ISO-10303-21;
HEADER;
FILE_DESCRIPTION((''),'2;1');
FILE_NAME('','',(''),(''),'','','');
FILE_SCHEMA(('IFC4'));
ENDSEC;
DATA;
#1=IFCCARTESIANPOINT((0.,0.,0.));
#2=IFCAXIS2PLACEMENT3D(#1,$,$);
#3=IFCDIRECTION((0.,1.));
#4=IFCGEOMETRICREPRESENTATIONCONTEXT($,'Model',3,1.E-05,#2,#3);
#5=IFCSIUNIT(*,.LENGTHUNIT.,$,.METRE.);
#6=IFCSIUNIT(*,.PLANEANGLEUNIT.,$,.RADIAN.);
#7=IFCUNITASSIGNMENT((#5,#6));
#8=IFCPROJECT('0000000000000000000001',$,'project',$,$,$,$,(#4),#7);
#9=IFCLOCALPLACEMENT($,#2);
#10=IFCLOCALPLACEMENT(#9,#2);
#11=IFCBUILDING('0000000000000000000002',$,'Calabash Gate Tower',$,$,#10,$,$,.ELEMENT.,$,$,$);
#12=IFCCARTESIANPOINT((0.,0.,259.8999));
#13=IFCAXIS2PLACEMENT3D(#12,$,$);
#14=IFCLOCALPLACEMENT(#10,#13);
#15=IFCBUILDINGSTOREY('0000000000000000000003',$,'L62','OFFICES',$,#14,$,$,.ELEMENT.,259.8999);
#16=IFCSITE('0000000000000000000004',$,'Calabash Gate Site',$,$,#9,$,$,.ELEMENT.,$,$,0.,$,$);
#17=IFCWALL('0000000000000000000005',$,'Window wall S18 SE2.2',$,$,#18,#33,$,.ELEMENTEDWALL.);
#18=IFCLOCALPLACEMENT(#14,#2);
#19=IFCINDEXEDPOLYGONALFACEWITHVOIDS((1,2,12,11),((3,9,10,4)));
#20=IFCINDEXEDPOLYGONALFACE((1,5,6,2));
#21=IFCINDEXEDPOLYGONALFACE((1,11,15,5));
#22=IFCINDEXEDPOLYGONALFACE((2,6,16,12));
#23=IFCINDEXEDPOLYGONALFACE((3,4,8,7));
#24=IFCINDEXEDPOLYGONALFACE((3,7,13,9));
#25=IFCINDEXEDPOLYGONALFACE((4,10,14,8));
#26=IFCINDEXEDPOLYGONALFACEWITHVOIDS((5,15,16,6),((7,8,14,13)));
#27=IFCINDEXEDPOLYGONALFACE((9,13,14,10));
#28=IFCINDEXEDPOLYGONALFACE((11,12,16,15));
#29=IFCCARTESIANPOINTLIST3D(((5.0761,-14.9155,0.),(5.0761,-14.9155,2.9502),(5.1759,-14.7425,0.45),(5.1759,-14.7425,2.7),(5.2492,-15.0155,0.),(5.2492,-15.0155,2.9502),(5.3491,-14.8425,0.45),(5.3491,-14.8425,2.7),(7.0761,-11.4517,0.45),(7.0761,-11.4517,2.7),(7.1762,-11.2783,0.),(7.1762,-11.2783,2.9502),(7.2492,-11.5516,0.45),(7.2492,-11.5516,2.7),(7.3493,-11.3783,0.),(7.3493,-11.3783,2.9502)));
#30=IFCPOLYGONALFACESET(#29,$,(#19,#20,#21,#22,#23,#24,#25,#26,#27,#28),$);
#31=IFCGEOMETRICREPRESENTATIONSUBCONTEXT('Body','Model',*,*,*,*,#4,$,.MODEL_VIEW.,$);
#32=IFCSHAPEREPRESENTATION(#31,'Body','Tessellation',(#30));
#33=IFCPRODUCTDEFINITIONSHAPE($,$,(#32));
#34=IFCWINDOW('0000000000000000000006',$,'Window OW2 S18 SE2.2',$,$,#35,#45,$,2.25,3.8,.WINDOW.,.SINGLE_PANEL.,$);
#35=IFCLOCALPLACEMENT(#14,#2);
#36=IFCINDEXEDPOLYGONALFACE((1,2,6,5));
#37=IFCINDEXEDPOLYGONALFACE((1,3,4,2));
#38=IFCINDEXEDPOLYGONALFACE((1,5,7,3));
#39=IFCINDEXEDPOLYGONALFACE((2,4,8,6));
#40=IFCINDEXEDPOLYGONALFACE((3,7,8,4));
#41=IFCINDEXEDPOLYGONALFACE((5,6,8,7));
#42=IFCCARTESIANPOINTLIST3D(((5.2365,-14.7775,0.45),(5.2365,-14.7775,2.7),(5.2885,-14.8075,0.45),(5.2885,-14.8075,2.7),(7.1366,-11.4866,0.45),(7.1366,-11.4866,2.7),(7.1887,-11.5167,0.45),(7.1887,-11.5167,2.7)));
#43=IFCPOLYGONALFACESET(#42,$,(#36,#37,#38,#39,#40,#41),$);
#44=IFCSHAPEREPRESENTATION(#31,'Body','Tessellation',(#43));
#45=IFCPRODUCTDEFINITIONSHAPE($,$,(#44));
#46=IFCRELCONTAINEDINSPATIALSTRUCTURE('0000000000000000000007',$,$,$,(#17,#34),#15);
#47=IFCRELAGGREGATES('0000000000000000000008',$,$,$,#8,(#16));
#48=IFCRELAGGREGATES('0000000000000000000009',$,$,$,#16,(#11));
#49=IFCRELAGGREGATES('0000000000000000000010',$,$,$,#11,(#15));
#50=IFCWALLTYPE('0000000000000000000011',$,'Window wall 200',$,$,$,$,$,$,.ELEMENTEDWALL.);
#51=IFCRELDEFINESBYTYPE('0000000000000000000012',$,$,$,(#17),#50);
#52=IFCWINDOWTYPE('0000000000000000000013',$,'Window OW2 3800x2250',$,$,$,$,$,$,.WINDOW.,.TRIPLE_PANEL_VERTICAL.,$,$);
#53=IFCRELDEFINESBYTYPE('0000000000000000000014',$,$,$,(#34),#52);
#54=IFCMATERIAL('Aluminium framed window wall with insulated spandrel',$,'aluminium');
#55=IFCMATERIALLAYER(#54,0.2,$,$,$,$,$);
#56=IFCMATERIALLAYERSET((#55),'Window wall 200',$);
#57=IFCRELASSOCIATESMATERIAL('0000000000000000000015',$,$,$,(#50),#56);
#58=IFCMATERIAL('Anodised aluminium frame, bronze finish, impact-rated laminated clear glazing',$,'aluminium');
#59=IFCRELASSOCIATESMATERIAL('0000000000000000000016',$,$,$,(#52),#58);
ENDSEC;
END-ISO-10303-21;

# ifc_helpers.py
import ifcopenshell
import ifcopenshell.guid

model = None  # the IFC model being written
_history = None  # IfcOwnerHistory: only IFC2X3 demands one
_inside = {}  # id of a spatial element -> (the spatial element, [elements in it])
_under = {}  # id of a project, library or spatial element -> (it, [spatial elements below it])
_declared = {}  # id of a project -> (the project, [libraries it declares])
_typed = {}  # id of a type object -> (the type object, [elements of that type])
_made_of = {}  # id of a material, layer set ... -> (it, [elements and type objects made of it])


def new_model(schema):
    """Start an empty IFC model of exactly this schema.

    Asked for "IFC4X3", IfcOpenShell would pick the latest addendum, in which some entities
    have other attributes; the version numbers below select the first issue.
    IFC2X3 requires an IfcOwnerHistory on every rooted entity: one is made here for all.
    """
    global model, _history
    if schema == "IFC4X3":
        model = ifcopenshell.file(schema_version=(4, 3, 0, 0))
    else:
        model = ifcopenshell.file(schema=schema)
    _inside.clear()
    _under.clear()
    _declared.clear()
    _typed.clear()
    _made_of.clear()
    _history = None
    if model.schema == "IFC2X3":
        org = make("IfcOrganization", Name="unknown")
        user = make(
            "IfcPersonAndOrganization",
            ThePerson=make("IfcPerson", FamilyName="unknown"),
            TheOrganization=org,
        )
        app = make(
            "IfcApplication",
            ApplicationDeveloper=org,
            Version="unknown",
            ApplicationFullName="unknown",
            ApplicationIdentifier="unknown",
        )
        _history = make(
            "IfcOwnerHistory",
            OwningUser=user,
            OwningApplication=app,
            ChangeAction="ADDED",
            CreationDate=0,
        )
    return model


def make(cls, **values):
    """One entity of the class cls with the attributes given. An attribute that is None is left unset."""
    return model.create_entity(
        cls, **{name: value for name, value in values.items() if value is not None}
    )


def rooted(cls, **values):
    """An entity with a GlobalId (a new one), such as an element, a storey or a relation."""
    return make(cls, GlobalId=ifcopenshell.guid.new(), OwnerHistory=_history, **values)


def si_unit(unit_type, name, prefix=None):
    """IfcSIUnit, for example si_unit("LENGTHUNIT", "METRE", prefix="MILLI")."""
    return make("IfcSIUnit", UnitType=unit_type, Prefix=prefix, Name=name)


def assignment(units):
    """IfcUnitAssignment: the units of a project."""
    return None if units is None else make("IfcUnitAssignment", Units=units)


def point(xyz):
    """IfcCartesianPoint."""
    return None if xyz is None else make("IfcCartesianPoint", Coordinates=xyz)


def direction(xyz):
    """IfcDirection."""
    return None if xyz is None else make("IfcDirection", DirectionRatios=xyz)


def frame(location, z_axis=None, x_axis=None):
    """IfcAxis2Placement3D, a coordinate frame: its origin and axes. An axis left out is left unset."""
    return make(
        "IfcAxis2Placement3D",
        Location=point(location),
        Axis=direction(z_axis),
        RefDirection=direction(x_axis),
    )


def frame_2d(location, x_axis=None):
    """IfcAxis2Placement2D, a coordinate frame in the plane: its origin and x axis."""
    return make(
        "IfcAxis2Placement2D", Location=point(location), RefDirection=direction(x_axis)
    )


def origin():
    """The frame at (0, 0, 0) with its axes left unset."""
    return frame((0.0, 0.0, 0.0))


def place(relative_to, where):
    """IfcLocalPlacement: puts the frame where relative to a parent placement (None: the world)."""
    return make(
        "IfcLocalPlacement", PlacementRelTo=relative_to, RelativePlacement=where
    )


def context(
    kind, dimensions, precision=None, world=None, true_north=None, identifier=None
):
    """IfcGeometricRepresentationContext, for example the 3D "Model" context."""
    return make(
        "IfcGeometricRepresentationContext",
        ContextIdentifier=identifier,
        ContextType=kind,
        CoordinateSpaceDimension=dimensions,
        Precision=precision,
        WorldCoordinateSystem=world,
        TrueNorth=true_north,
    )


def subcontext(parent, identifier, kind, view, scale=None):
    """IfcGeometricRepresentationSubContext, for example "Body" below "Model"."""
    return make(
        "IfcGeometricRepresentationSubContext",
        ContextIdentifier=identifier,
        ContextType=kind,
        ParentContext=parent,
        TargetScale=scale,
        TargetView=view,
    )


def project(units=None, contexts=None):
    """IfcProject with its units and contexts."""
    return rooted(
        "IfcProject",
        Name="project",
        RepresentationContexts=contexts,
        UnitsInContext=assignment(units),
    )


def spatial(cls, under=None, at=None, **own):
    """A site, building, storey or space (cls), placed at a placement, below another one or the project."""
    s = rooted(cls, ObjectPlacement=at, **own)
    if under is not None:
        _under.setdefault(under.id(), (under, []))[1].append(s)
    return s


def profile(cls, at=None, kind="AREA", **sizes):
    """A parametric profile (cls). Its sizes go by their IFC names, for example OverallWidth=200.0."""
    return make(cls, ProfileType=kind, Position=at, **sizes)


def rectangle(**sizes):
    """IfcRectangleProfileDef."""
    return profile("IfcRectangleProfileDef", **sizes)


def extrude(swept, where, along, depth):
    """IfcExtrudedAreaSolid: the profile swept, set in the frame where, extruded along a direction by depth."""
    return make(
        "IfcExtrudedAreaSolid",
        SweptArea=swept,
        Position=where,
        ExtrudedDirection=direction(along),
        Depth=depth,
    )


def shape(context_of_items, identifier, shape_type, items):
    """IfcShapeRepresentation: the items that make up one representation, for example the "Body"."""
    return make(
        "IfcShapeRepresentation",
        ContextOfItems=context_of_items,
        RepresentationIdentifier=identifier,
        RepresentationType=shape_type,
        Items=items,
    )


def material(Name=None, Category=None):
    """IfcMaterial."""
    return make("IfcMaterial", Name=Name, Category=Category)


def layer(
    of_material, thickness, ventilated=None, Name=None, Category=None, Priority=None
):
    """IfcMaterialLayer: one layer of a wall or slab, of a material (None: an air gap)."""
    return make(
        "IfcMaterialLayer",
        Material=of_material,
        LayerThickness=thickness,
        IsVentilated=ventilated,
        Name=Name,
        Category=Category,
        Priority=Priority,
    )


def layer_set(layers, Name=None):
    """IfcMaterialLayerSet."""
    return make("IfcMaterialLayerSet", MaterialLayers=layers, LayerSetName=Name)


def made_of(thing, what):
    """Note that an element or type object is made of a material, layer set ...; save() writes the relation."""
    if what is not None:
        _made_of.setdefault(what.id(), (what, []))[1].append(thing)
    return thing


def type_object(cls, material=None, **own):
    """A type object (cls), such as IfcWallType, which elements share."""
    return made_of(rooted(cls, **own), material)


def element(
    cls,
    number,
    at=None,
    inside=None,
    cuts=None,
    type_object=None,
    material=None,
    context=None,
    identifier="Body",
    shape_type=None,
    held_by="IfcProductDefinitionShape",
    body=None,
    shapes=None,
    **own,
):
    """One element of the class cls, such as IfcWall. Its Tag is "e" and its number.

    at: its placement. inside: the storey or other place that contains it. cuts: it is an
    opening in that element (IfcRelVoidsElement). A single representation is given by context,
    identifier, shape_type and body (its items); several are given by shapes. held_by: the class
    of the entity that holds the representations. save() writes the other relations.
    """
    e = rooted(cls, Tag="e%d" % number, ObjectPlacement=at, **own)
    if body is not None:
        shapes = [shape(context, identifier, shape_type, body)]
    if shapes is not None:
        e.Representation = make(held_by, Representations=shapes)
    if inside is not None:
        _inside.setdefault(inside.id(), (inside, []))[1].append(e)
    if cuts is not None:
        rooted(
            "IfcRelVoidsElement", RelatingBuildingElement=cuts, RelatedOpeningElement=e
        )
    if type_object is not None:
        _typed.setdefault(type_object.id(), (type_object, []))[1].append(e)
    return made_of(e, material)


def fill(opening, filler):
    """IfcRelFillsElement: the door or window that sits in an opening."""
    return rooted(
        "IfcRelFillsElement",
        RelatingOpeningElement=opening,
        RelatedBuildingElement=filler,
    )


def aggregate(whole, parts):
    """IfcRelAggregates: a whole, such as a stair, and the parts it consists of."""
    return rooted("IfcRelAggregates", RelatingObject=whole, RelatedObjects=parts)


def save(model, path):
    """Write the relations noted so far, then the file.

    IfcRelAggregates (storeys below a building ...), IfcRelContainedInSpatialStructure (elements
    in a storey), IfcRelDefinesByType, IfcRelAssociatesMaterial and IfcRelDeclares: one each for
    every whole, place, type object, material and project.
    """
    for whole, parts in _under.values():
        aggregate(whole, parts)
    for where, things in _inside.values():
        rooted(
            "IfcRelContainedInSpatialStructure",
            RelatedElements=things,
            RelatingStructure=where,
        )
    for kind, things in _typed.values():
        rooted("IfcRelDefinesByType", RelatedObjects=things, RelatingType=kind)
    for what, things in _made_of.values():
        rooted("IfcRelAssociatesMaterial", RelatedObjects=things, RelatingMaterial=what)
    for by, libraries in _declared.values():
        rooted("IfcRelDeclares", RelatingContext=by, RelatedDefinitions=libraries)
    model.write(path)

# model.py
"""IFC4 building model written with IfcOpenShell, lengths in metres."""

from ifc_helpers import new_model, si_unit, direction, frame, frame_2d, origin, place, context, subcontext, project, spatial, rectangle, extrude, material, layer, layer_set, type_object, element, fill, save


model = new_model("IFC4")

# Units and contexts
model_context = context("Model", 3, precision=1e-05, world=origin(), true_north=direction((0.0, 1.0)))
body_context = subcontext(model_context, "Body", "Model", "MODEL_VIEW")
ifc_project = project(units=[si_unit("LENGTHUNIT", "METRE"), si_unit("PLANEANGLEUNIT", "RADIAN")], contexts=[model_context])

# Site, building, storey
site_placement = place(None, origin())
site = spatial("IfcSite", under=ifc_project, at=site_placement, Name="Calabash Gate Site", CompositionType="ELEMENT", RefElevation=0.0)
building_placement = place(site_placement, origin())
building = spatial("IfcBuilding", under=site, at=building_placement, Name="Calabash Gate Tower", CompositionType="ELEMENT")
storey_placement = place(building_placement, frame((0.0, 0.0, 259.8999)))
storey = spatial("IfcBuildingStorey", under=building, at=storey_placement, Name="L62", Description="OFFICES", CompositionType="ELEMENT", Elevation=259.8999)

# Shared definitions
ifc_material_1 = material(Name="Aluminium framed window wall with insulated spandrel", Category="aluminium")
ifc_layer_1 = layer(ifc_material_1, 0.2)
ifc_layer_set_1 = layer_set([ifc_layer_1], Name="Window wall 200")
wall_type_1 = type_object("IfcWallType", Name="Window wall 200", PredefinedType="ELEMENTEDWALL", material=ifc_layer_set_1)

# Wall, opening, window
wall_1_placement = place(storey_placement, frame((5.1626, -14.9656, 0.0), z_axis=(0.0, 0.0, 1.0), x_axis=(0.500028, 0.866009, 0.0)))
wall_1 = element("IfcWall", 1, at=wall_1_placement, inside=storey, type_object=wall_type_1, Name="Window wall S18 SE2.2", PredefinedType="ELEMENTEDWALL", context=body_context, shape_type="SweptSolid", body=[
    extrude(rectangle(XDim=4.2, YDim=0.2, at=frame_2d((2.1001, 0.0))), origin(), (0.0, 0.0, 1.0), 2.9502),
])
opening_1_placement = place(wall_1_placement, frame((0.2, 0.0, 0.45)))
opening_1 = element("IfcOpeningElement", 2, at=opening_1_placement, cuts=wall_1, PredefinedType="OPENING", context=body_context, shape_type="SweptSolid", body=[
    extrude(rectangle(XDim=3.8, YDim=2.25, at=frame_2d((1.8999, 1.125))), frame((0.0, 0.1099, 0.0), z_axis=(0.0, -1.0, 0.0), x_axis=(1.0, 0.0, 0.0)), (0.0, 0.0, 1.0), 0.22),
])
ifc_material_2 = material(Name="Anodised aluminium frame, bronze finish, impact-rated laminated clear glazing", Category="aluminium")
window_type_1 = type_object("IfcWindowType", Name="Window OW2 3800x2250", PartitioningType="TRIPLE_PANEL_VERTICAL", PredefinedType="WINDOW", material=ifc_material_2)
window_1_placement = place(opening_1_placement, origin())
window_1 = element("IfcWindow", 3, at=window_1_placement, inside=storey, type_object=window_type_1, Name="Window OW2 S18 SE2.2", OverallHeight=2.25, OverallWidth=3.8, PartitioningType="SINGLE_PANEL", PredefinedType="WINDOW", context=body_context, shape_type="SweptSolid", body=[
    extrude(rectangle(XDim=3.8, YDim=2.25, at=frame_2d((1.8999, 1.125))), frame((0.0, 0.03, 0.0), z_axis=(0.0, -1.0, 0.0), x_axis=(1.0, 0.0, 0.0)), (0.0, 0.0, 1.0), 0.0601),
])
fill(opening_1, window_1)

save(model, "model.ifc")
